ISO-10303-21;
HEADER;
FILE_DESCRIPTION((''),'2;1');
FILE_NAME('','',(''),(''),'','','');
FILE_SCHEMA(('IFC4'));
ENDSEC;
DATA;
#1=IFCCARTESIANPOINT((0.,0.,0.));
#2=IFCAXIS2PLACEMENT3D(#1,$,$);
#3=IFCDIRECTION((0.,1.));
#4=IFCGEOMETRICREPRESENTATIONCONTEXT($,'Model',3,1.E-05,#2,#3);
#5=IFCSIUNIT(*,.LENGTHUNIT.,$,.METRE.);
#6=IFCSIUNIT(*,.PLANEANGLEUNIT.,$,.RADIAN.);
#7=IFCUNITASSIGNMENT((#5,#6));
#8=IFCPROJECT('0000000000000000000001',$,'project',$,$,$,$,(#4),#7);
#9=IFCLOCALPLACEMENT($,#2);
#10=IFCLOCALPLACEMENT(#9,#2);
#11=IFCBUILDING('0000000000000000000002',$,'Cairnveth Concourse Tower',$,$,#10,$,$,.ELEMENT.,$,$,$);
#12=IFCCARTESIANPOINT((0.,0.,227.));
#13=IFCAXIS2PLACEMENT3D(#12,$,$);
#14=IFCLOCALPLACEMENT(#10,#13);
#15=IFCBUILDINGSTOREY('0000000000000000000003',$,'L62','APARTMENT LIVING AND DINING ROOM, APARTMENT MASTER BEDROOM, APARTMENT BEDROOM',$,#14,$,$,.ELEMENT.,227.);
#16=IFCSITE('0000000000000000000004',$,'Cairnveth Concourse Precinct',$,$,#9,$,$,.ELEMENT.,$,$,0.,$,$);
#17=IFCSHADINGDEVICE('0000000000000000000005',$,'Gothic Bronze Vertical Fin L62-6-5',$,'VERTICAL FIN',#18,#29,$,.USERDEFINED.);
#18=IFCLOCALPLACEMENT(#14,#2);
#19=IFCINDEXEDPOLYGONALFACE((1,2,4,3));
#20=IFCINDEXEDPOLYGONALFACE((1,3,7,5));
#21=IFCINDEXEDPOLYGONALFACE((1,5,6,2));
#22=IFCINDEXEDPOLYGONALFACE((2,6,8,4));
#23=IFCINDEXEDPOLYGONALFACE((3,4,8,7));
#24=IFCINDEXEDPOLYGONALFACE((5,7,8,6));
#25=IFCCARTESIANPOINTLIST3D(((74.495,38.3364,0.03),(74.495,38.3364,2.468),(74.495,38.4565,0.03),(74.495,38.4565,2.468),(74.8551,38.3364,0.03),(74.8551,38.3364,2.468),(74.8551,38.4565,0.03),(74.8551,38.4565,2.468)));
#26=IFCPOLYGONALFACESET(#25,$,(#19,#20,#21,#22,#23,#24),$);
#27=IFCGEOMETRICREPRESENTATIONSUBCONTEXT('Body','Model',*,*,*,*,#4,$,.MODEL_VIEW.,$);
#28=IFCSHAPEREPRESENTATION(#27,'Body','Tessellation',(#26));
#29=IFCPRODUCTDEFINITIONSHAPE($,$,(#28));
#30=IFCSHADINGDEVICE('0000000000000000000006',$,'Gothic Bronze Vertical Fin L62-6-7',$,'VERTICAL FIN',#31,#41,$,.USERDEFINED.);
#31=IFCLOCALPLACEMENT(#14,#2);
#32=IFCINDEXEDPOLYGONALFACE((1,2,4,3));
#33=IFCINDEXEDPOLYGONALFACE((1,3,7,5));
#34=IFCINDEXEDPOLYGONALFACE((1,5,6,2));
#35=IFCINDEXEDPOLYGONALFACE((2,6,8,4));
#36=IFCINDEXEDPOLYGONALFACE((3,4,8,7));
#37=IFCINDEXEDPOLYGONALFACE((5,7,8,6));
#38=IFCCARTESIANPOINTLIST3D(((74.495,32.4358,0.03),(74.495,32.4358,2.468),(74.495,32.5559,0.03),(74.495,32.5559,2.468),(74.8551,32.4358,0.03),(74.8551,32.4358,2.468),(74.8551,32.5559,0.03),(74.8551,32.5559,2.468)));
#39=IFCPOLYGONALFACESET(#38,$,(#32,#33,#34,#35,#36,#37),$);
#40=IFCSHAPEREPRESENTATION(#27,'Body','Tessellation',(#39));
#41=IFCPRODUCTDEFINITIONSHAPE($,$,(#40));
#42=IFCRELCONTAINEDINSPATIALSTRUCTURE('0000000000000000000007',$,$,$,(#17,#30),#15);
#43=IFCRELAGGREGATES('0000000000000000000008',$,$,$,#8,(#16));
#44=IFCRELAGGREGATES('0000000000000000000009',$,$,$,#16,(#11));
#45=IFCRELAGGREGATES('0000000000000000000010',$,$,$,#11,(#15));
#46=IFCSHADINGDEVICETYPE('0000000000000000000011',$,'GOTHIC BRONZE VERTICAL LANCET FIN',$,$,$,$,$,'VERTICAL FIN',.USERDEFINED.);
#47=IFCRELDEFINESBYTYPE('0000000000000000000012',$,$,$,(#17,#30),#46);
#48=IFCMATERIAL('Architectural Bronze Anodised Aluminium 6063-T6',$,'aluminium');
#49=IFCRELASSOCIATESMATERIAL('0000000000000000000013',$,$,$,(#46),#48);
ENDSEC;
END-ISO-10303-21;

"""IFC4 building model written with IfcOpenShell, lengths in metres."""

from ifc_helpers import new_model, si_unit, direction, frame, origin, origin_2d, place, context, subcontext, project, spatial, rectangle, extrude, material, type_object, element, save


model = new_model("IFC4")

# Units and contexts
model_context = context("Model", 3, precision=1e-05, world=origin(), true_north=direction((0.0, 1.0)))
body_context = subcontext(model_context, "Body", "Model", "MODEL_VIEW")
ifc_project = project(units=[si_unit("LENGTHUNIT", "METRE"), si_unit("PLANEANGLEUNIT", "RADIAN")], contexts=[model_context])

# Site, building, storey
site_placement = place(None, origin())
site = spatial("IfcSite", under=ifc_project, at=site_placement, Name="Cairnveth Concourse Precinct", CompositionType="ELEMENT", RefElevation=0.0)
building_placement = place(site_placement, origin())
building = spatial("IfcBuilding", under=site, at=building_placement, Name="Cairnveth Concourse Tower", CompositionType="ELEMENT")
storey_placement = place(building_placement, frame((0.0, 0.0, 227.0)))
storey = spatial("IfcBuildingStorey", under=building, at=storey_placement, Name="L62", Description="APARTMENT LIVING AND DINING ROOM, APARTMENT MASTER BEDROOM, APARTMENT BEDROOM", CompositionType="ELEMENT", Elevation=227.0)

# Shading devices
ifc_material_1 = material(Name="Architectural Bronze Anodised Aluminium 6063-T6", Category="aluminium")
shading_device_type = type_object("IfcShadingDeviceType", Name="GOTHIC BRONZE VERTICAL LANCET FIN", ElementType="VERTICAL FIN", PredefinedType="USERDEFINED", material=ifc_material_1)
for number, where, z_axis, x_axis, name in (
    (1, (74.675, 38.3965, 0.03), (0.0, 0.0, 1.0), (0.0, 1.0, 0.0), "Gothic Bronze Vertical Fin L62-6-5"),
    (2, (74.675, 32.4958, 0.03), (0.0, 0.0, 1.0), (0.0, 1.0, 0.0), "Gothic Bronze Vertical Fin L62-6-7"),
):
    element("IfcShadingDevice", number, at=place(storey_placement, frame(where, z_axis=z_axis, x_axis=x_axis)), inside=storey, type_object=shading_device_type, Name=name, ObjectType="VERTICAL FIN", PredefinedType="USERDEFINED", context=body_context, shape_type="SweptSolid", body=[
        extrude(rectangle(XDim=0.1201, YDim=0.3601, at=origin_2d()), origin(), (0.0, 0.0, 1.0), 2.438),
    ])

save(model, "model.ifc")
